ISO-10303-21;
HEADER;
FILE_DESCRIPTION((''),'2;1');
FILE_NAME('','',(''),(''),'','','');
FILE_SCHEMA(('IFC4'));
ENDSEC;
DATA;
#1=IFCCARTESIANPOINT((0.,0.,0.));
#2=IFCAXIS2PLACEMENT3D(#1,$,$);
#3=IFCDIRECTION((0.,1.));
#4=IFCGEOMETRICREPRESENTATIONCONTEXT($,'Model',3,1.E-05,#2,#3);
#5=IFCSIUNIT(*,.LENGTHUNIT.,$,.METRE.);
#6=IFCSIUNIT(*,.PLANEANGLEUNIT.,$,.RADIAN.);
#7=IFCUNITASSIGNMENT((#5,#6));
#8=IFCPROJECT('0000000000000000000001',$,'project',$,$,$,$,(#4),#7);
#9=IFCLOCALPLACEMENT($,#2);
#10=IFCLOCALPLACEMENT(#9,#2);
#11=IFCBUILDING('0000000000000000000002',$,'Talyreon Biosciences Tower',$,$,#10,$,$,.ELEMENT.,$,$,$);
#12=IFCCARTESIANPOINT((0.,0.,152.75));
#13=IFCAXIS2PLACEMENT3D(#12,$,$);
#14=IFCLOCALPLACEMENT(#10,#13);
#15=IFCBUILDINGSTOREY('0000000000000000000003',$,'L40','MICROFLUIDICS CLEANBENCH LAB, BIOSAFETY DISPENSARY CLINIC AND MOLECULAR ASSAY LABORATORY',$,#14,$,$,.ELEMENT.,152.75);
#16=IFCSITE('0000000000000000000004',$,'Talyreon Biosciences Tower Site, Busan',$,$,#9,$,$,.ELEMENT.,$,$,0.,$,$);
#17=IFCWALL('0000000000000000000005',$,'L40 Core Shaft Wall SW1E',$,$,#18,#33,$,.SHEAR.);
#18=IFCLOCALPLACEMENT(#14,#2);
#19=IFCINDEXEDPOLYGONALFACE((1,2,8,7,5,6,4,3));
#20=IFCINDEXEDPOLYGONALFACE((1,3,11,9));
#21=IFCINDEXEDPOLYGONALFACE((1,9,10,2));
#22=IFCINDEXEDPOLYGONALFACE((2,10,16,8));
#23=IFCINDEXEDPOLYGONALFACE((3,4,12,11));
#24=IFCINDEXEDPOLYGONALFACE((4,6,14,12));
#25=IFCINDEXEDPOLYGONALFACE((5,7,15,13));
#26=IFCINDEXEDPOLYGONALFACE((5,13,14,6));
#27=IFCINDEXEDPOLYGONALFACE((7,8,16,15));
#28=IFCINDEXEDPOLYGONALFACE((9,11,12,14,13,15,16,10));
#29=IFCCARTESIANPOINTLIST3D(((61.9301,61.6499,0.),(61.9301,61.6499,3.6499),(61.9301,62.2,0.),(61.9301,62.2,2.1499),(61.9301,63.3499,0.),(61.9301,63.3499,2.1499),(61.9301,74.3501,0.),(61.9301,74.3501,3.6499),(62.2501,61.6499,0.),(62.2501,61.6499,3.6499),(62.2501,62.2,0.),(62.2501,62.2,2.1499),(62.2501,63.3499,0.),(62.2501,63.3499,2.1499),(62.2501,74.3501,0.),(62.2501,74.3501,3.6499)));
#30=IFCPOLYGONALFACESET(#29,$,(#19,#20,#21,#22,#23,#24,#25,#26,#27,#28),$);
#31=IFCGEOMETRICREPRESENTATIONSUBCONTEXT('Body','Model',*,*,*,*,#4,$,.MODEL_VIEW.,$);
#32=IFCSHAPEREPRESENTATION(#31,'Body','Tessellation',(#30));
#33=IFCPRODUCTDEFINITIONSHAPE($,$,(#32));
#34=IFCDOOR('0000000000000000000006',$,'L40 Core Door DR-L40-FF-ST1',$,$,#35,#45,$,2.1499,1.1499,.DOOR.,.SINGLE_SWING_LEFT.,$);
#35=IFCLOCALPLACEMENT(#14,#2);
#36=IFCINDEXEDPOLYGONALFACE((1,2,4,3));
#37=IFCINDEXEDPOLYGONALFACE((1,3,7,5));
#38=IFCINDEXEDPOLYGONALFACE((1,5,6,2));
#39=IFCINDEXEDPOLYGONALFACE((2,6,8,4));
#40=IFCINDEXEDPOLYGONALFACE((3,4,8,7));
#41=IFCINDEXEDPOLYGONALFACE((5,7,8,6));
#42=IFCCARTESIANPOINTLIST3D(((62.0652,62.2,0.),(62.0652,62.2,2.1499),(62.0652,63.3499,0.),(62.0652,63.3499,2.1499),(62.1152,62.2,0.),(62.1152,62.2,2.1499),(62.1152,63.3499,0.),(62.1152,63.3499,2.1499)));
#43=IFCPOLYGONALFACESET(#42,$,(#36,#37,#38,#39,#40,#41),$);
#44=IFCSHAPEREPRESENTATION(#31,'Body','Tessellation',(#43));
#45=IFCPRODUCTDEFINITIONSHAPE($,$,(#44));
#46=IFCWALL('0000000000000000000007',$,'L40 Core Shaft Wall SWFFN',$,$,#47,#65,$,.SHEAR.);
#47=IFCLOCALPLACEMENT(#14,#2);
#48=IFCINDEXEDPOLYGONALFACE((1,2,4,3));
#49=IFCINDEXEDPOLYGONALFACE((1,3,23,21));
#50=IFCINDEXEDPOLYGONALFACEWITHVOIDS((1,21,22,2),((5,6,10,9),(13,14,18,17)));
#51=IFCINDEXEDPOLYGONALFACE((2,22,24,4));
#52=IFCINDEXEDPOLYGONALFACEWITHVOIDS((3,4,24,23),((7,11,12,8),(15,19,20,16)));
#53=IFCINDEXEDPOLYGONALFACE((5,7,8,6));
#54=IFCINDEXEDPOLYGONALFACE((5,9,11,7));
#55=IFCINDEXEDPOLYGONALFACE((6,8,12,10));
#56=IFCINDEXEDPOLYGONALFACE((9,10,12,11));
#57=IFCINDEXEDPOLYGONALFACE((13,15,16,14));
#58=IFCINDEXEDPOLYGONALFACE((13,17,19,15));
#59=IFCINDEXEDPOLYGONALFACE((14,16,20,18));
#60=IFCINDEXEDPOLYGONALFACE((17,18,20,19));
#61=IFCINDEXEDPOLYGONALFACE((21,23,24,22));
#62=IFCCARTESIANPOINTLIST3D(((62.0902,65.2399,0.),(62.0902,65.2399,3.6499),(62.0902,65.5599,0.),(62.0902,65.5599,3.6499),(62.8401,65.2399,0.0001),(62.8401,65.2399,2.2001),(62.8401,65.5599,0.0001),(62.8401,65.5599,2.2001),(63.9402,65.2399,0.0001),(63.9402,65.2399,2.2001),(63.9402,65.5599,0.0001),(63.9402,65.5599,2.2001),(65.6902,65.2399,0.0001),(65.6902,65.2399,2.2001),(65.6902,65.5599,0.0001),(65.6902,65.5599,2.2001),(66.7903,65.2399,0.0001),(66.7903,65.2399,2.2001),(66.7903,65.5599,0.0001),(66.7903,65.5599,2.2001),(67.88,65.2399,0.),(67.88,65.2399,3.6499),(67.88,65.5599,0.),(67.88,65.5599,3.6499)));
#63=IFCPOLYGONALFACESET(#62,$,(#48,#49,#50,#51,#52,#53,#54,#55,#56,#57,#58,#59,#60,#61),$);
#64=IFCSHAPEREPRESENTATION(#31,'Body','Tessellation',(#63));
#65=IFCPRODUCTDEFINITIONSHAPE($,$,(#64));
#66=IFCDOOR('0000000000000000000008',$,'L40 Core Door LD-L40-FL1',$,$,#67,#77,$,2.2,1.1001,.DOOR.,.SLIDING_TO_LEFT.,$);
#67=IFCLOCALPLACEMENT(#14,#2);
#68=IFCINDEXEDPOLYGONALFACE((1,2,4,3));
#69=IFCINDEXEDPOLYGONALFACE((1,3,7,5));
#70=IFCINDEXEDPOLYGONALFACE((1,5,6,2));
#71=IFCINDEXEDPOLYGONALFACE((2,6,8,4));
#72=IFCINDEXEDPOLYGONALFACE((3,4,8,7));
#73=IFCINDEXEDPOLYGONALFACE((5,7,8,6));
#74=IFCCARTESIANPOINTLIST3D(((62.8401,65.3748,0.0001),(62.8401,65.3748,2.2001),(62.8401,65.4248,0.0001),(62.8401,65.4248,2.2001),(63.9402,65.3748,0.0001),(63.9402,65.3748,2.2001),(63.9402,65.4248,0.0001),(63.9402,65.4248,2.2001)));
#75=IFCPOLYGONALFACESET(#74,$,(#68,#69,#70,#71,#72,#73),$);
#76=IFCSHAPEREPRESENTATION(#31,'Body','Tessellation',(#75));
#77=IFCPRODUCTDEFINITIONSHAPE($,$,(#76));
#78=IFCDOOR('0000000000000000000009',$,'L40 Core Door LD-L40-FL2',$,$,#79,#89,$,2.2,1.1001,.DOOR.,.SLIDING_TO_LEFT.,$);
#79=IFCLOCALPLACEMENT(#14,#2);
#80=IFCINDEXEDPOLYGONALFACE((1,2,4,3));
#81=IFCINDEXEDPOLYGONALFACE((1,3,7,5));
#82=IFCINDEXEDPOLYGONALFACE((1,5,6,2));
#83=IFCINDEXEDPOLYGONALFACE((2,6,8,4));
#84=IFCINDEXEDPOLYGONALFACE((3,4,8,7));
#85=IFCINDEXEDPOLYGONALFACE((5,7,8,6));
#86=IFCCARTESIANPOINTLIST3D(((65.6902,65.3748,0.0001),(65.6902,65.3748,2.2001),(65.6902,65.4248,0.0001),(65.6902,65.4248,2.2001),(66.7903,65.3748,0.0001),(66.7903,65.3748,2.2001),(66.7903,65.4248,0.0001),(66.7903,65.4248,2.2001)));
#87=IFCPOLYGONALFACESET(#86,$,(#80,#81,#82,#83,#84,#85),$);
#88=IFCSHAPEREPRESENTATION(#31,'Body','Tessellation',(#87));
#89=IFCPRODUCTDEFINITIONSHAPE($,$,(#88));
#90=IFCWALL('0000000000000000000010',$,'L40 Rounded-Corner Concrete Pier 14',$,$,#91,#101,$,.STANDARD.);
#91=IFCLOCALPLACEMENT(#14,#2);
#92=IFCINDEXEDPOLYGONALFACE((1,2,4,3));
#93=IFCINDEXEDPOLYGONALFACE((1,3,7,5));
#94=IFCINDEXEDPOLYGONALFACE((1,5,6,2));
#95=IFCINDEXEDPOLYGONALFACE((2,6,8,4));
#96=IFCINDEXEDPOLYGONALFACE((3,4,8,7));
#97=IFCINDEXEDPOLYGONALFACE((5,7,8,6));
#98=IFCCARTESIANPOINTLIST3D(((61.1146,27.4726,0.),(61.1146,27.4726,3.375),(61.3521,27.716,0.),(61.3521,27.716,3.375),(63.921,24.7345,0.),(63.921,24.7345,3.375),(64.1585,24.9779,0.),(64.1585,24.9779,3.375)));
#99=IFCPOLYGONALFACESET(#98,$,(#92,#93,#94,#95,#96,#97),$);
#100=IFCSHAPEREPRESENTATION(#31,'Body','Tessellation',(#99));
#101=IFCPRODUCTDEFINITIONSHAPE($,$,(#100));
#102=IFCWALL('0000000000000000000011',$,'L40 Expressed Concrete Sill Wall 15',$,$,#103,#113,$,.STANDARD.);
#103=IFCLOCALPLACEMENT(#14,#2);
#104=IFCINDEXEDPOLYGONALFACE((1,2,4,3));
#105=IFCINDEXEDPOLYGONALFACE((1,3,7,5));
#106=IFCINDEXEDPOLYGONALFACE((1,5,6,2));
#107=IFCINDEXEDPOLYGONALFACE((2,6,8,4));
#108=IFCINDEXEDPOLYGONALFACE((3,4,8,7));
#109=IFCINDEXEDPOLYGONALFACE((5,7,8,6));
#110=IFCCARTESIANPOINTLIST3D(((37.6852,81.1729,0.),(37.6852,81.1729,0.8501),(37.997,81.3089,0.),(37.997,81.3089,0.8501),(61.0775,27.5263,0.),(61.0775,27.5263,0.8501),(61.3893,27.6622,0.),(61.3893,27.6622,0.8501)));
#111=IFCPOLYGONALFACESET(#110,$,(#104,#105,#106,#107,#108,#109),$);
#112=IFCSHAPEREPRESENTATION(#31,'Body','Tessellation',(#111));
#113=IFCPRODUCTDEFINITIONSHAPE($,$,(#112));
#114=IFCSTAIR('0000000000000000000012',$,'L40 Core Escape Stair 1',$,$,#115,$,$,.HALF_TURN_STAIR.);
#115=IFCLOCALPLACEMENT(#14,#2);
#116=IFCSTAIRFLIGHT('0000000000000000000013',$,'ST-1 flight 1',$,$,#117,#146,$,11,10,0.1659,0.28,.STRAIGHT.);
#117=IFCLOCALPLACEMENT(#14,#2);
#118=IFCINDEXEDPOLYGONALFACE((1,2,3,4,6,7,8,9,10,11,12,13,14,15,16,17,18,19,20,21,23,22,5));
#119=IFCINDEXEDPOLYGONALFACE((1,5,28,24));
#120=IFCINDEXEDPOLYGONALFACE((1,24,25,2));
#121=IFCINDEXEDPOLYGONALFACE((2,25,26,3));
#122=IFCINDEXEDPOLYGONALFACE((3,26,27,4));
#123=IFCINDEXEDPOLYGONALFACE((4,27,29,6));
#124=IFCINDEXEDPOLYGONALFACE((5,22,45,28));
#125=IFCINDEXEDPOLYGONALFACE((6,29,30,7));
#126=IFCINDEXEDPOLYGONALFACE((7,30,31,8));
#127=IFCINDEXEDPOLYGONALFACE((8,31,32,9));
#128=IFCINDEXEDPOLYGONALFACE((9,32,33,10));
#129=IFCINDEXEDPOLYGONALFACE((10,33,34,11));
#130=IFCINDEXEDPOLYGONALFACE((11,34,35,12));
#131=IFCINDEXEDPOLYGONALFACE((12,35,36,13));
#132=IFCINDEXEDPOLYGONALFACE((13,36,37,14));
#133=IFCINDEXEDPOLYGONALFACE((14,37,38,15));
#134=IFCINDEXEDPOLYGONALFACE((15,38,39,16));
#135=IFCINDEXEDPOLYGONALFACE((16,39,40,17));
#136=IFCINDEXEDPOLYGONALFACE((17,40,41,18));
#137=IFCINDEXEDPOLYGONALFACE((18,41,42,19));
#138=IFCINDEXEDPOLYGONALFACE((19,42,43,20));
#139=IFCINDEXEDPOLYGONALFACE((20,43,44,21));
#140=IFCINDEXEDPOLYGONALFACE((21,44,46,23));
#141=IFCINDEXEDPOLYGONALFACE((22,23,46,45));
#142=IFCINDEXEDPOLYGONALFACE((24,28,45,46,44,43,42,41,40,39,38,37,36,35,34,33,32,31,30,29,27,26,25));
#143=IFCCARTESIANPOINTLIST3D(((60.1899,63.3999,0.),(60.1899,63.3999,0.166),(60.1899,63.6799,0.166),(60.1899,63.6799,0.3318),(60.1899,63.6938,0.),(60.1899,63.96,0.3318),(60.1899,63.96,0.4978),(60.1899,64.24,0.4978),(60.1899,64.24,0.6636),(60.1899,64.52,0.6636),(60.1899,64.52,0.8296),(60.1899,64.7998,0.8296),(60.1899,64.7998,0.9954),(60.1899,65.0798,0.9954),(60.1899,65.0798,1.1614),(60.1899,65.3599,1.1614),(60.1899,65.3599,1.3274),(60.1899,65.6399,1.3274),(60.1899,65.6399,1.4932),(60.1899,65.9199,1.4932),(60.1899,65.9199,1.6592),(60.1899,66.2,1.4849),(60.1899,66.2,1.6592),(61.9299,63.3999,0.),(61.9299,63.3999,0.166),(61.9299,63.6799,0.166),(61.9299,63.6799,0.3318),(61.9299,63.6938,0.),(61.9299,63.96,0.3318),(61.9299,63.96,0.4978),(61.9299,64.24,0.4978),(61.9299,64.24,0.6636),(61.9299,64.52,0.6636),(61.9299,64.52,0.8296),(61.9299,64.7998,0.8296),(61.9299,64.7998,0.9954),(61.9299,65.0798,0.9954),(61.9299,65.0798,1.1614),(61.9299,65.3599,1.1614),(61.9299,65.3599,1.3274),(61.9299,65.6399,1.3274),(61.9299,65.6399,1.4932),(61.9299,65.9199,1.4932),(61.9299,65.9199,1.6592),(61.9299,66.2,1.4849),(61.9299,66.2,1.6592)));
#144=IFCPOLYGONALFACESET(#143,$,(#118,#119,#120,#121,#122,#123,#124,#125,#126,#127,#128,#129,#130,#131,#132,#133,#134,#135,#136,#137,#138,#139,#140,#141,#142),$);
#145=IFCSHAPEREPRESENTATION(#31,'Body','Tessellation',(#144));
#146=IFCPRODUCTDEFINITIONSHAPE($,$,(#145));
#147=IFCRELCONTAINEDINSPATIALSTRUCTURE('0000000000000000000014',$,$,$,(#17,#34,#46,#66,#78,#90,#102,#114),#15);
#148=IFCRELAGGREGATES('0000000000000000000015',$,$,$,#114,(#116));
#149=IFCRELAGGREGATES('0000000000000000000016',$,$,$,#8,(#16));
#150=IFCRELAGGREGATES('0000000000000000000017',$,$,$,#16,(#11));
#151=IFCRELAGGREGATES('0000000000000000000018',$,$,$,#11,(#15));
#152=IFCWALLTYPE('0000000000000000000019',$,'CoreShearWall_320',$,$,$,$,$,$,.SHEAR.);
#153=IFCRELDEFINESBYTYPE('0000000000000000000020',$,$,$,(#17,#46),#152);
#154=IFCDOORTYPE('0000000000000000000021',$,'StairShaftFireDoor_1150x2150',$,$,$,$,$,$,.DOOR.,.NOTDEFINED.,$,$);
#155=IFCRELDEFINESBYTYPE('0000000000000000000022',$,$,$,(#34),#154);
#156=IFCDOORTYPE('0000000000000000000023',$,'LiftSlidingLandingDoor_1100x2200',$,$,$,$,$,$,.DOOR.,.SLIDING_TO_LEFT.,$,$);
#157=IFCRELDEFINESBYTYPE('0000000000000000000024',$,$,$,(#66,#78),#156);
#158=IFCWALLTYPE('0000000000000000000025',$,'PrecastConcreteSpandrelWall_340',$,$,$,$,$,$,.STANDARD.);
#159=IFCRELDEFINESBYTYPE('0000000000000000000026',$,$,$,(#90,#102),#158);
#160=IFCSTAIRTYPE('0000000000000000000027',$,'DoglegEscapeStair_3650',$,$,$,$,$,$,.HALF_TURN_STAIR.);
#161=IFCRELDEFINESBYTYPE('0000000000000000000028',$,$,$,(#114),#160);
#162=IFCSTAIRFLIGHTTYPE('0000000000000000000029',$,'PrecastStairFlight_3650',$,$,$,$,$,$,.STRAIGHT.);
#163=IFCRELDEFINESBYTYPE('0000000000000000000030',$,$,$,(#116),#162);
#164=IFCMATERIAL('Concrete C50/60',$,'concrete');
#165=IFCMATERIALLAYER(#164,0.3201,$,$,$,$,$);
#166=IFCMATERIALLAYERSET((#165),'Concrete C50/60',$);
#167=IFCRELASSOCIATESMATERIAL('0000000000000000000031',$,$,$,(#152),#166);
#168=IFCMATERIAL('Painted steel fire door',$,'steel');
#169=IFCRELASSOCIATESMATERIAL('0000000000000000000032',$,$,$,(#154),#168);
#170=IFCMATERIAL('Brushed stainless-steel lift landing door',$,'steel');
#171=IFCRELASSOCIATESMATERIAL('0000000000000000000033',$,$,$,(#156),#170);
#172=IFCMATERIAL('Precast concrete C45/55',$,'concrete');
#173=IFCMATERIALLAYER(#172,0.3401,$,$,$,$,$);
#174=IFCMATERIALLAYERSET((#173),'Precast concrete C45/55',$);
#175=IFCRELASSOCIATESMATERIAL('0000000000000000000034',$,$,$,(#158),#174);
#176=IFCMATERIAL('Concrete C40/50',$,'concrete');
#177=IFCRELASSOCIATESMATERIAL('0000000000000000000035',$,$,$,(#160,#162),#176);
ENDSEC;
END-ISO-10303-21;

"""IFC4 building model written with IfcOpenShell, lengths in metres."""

from ifc_helpers import new_model, si_unit, direction, frame, frame_2d, origin, place, context, subcontext, project, spatial, polyline, rectangle, outline, extrude, material, layer, layer_set, type_object, element, fill, aggregate, save


model = new_model("IFC4")

# Units and contexts
model_context = context("Model", 3, precision=1e-05, world=origin(), true_north=direction((0.0, 1.0)))
body_context = subcontext(model_context, "Body", "Model", "MODEL_VIEW")
ifc_project = project(units=[si_unit("LENGTHUNIT", "METRE"), si_unit("PLANEANGLEUNIT", "RADIAN")], contexts=[model_context])

# Site, building, storey
site_placement = place(None, origin())
site = spatial("IfcSite", under=ifc_project, at=site_placement, Name="Talyreon Biosciences Tower Site, Busan", CompositionType="ELEMENT", RefElevation=0.0)
building_placement = place(site_placement, origin())
building = spatial("IfcBuilding", under=site, at=building_placement, Name="Talyreon Biosciences Tower", CompositionType="ELEMENT")
storey_placement = place(building_placement, frame((0.0, 0.0, 152.75)))
storey = spatial("IfcBuildingStorey", under=building, at=storey_placement, Name="L40", Description="MICROFLUIDICS CLEANBENCH LAB, BIOSAFETY DISPENSARY CLINIC AND MOLECULAR ASSAY LABORATORY", CompositionType="ELEMENT", Elevation=152.75)

# Shared definitions
ifc_material_1 = material(Name="Concrete C50/60", Category="concrete")

# Shared definitions
ifc_material_2 = material(Name="Precast concrete C45/55", Category="concrete")

# Wall, opening, door
ifc_layer_1 = layer(ifc_material_1, 0.3201)
ifc_layer_set_1 = layer_set([ifc_layer_1], Name="Concrete C50/60")
wall_type_1 = type_object("IfcWallType", Name="CoreShearWall_320", PredefinedType="SHEAR", material=ifc_layer_set_1)
wall_1_placement = place(storey_placement, frame((62.0901, 61.6499, 0.0), z_axis=(0.0, 0.0, 1.0), x_axis=(0.0, 1.0, 0.0)))
wall_1 = element("IfcWall", 1, at=wall_1_placement, inside=storey, type_object=wall_type_1, Name="L40 Core Shaft Wall SW1E", PredefinedType="SHEAR", context=body_context, shape_type="SweptSolid", body=[
    extrude(rectangle(XDim=12.7002, YDim=0.3201, at=frame_2d((6.3501, 0.0))), origin(), (0.0, 0.0, 1.0), 3.6499),
])
opening_1_placement = place(wall_1_placement, frame((0.55, 0.0, 0.0)))
opening_1 = element("IfcOpeningElement", 2, at=opening_1_placement, cuts=wall_1, PredefinedType="OPENING", context=body_context, shape_type="SweptSolid", body=[
    extrude(rectangle(XDim=1.1499, YDim=2.1499, at=frame_2d((0.575, 1.075))), frame((0.0, 0.1699, 0.0), z_axis=(0.0, -1.0, 0.0), x_axis=(1.0, 0.0, 0.0)), (0.0, 0.0, 1.0), 0.3401),
])
ifc_material_3 = material(Name="Painted steel fire door", Category="steel")
door_type_1 = type_object("IfcDoorType", Name="StairShaftFireDoor_1150x2150", OperationType="NOTDEFINED", PredefinedType="DOOR", material=ifc_material_3)
door_1_placement = place(opening_1_placement, origin())
door_1 = element("IfcDoor", 3, at=door_1_placement, inside=storey, type_object=door_type_1, Name="L40 Core Door DR-L40-FF-ST1", OperationType="SINGLE_SWING_LEFT", OverallHeight=2.1499, OverallWidth=1.1499, PredefinedType="DOOR", context=body_context, shape_type="SweptSolid", body=[
    extrude(rectangle(XDim=1.1499, YDim=2.1499, at=frame_2d((0.575, 1.075))), frame((0.0, 0.0249, 0.0), z_axis=(0.0, -1.0, 0.0), x_axis=(1.0, 0.0, 0.0)), (0.0, 0.0, 1.0), 0.05),
])
fill(opening_1, door_1)

# Wall, openings, doors
wall_2_placement = place(storey_placement, frame((62.0901, 65.3999, 0.0), z_axis=(0.0, 0.0, 1.0), x_axis=(1.0, 0.0, 0.0)))
wall_2 = element("IfcWall", 4, at=wall_2_placement, inside=storey, type_object=wall_type_1, Name="L40 Core Shaft Wall SWFFN", PredefinedType="SHEAR", context=body_context, shape_type="SweptSolid", body=[
    extrude(rectangle(XDim=5.7898, YDim=0.3201, at=frame_2d((2.895, 0.0))), origin(), (0.0, 0.0, 1.0), 3.6499),
])
opening_2_placement = place(wall_2_placement, frame((0.75, 0.0, 0.0)))
opening_2 = element("IfcOpeningElement", 5, at=opening_2_placement, cuts=wall_2, PredefinedType="OPENING", context=body_context, shape_type="SweptSolid", body=[
    extrude(rectangle(XDim=1.1001, YDim=2.2, at=frame_2d((0.55, 1.1001))), frame((0.0, 0.1699, 0.0), z_axis=(0.0, -1.0, 0.0), x_axis=(1.0, 0.0, 0.0)), (0.0, 0.0, 1.0), 0.3401),
])
opening_3_placement = place(wall_2_placement, frame((3.6001, 0.0, 0.0)))
opening_3 = element("IfcOpeningElement", 6, at=opening_3_placement, cuts=wall_2, PredefinedType="OPENING", context=body_context, shape_type="SweptSolid", body=[
    extrude(rectangle(XDim=1.1001, YDim=2.2, at=frame_2d((0.55, 1.1001))), frame((0.0, 0.1699, 0.0), z_axis=(0.0, -1.0, 0.0), x_axis=(1.0, 0.0, 0.0)), (0.0, 0.0, 1.0), 0.3401),
])
ifc_material_4 = material(Name="Brushed stainless-steel lift landing door", Category="steel")
door_type_2 = type_object("IfcDoorType", Name="LiftSlidingLandingDoor_1100x2200", OperationType="SLIDING_TO_LEFT", PredefinedType="DOOR", material=ifc_material_4)
door_2_placement = place(opening_2_placement, origin())
door_2 = element("IfcDoor", 7, at=door_2_placement, inside=storey, type_object=door_type_2, Name="L40 Core Door LD-L40-FL1", OperationType="SLIDING_TO_LEFT", OverallHeight=2.2, OverallWidth=1.1001, PredefinedType="DOOR", context=body_context, shape_type="SweptSolid", body=[
    extrude(rectangle(XDim=1.1001, YDim=2.2, at=frame_2d((0.55, 1.1001))), frame((0.0, 0.0249, 0.0), z_axis=(0.0, -1.0, 0.0), x_axis=(1.0, 0.0, 0.0)), (0.0, 0.0, 1.0), 0.05),
])
fill(opening_2, door_2)
door_3_placement = place(opening_3_placement, origin())
door_3 = element("IfcDoor", 8, at=door_3_placement, inside=storey, type_object=door_type_2, Name="L40 Core Door LD-L40-FL2", OperationType="SLIDING_TO_LEFT", OverallHeight=2.2, OverallWidth=1.1001, PredefinedType="DOOR", context=body_context, shape_type="SweptSolid", body=[
    extrude(rectangle(XDim=1.1001, YDim=2.2, at=frame_2d((0.55, 1.1001))), frame((0.0, 0.0249, 0.0), z_axis=(0.0, -1.0, 0.0), x_axis=(1.0, 0.0, 0.0)), (0.0, 0.0, 1.0), 0.05),
])
fill(opening_3, door_3)

# Walls
ifc_layer_2 = layer(ifc_material_2, 0.3401)
ifc_layer_set_2 = layer_set([ifc_layer_2], Name="Precast concrete C45/55")
wall_type_2 = type_object("IfcWallType", Name="PrecastConcreteSpandrelWall_340", PredefinedType="STANDARD", material=ifc_layer_set_2)
wall_3_placement = place(storey_placement, frame((64.0398, 24.8562, 0.0), z_axis=(0.0, 0.0, 1.0), x_axis=(-0.715771, 0.698336, 0.0)))
element("IfcWall", 9, at=wall_3_placement, inside=storey, type_object=wall_type_2, Name="L40 Rounded-Corner Concrete Pier 14", PredefinedType="STANDARD", context=body_context, shape_type="SweptSolid", body=[
    extrude(rectangle(XDim=3.9209, YDim=0.3401, at=frame_2d((1.9604, 0.0))), origin(), (0.0, 0.0, 1.0), 3.375),
])
wall_4_placement = place(storey_placement, frame((61.2334, 27.5942, 0.0), z_axis=(0.0, 0.0, 1.0), x_axis=(-0.399698, 0.916647, 0.0)))
element("IfcWall", 10, at=wall_4_placement, inside=storey, type_object=wall_type_2, Name="L40 Expressed Concrete Sill Wall 15", PredefinedType="STANDARD", context=body_context, shape_type="SweptSolid", body=[
    extrude(rectangle(XDim=58.5249, YDim=0.3401, at=frame_2d((29.2625, 0.0))), origin(), (0.0, 0.0, 1.0), 0.8501),
])

# Stair, stair flight
ifc_material_5 = material(Name="Concrete C40/50", Category="concrete")
stair_type = type_object("IfcStairType", Name="DoglegEscapeStair_3650", PredefinedType="HALF_TURN_STAIR", material=ifc_material_5)
stair_placement = place(storey_placement, origin())
stair = element("IfcStair", 11, at=stair_placement, inside=storey, type_object=stair_type, Name="L40 Core Escape Stair 1", PredefinedType="HALF_TURN_STAIR")
stair_flight_type = type_object("IfcStairFlightType", Name="PrecastStairFlight_3650", PredefinedType="STRAIGHT", material=ifc_material_5)
stair_flight_placement = place(storey_placement, frame((61.0601, 63.3999, 0.0), z_axis=(0.0, 0.0, 1.0), x_axis=(0.0, 1.0, 0.0)))
stair_flight = element("IfcStairFlight", 12, at=stair_flight_placement, type_object=stair_flight_type, Name="ST-1 flight 1", NumberOfRisers=11, NumberOfTreads=10, PredefinedType="STRAIGHT", RiserHeight=0.1659, TreadLength=0.28, context=body_context, shape_type="SweptSolid", body=[
    extrude(outline(polyline([(0.0, 0.0), (0.0, 0.166), (0.28, 0.166), (0.28, 0.3318), (0.5601, 0.3318), (0.5601, 0.4978), (0.8401, 0.4978), (0.8401, 0.6636), (1.1201, 0.6636), (1.1201, 0.8296), (1.3999, 0.8296), (1.3999, 0.9954), (1.6799, 0.9954), (1.6799, 1.1614), (1.96, 1.1614), (1.96, 1.3274), (2.24, 1.3274), (2.24, 1.4932), (2.52, 1.4932), (2.52, 1.6592), (2.8, 1.6592), (2.8, 1.825), (2.8, 1.4849), (0.2939, 0.0), (0.0, 0.0)])), frame((0.0, 0.8701, 0.0), z_axis=(0.0, -1.0, 0.0), x_axis=(1.0, 0.0, 0.0)), (0.0, 0.0, 1.0), 1.74),
])
aggregate(stair, [stair_flight])

save(model, "model.ifc")
